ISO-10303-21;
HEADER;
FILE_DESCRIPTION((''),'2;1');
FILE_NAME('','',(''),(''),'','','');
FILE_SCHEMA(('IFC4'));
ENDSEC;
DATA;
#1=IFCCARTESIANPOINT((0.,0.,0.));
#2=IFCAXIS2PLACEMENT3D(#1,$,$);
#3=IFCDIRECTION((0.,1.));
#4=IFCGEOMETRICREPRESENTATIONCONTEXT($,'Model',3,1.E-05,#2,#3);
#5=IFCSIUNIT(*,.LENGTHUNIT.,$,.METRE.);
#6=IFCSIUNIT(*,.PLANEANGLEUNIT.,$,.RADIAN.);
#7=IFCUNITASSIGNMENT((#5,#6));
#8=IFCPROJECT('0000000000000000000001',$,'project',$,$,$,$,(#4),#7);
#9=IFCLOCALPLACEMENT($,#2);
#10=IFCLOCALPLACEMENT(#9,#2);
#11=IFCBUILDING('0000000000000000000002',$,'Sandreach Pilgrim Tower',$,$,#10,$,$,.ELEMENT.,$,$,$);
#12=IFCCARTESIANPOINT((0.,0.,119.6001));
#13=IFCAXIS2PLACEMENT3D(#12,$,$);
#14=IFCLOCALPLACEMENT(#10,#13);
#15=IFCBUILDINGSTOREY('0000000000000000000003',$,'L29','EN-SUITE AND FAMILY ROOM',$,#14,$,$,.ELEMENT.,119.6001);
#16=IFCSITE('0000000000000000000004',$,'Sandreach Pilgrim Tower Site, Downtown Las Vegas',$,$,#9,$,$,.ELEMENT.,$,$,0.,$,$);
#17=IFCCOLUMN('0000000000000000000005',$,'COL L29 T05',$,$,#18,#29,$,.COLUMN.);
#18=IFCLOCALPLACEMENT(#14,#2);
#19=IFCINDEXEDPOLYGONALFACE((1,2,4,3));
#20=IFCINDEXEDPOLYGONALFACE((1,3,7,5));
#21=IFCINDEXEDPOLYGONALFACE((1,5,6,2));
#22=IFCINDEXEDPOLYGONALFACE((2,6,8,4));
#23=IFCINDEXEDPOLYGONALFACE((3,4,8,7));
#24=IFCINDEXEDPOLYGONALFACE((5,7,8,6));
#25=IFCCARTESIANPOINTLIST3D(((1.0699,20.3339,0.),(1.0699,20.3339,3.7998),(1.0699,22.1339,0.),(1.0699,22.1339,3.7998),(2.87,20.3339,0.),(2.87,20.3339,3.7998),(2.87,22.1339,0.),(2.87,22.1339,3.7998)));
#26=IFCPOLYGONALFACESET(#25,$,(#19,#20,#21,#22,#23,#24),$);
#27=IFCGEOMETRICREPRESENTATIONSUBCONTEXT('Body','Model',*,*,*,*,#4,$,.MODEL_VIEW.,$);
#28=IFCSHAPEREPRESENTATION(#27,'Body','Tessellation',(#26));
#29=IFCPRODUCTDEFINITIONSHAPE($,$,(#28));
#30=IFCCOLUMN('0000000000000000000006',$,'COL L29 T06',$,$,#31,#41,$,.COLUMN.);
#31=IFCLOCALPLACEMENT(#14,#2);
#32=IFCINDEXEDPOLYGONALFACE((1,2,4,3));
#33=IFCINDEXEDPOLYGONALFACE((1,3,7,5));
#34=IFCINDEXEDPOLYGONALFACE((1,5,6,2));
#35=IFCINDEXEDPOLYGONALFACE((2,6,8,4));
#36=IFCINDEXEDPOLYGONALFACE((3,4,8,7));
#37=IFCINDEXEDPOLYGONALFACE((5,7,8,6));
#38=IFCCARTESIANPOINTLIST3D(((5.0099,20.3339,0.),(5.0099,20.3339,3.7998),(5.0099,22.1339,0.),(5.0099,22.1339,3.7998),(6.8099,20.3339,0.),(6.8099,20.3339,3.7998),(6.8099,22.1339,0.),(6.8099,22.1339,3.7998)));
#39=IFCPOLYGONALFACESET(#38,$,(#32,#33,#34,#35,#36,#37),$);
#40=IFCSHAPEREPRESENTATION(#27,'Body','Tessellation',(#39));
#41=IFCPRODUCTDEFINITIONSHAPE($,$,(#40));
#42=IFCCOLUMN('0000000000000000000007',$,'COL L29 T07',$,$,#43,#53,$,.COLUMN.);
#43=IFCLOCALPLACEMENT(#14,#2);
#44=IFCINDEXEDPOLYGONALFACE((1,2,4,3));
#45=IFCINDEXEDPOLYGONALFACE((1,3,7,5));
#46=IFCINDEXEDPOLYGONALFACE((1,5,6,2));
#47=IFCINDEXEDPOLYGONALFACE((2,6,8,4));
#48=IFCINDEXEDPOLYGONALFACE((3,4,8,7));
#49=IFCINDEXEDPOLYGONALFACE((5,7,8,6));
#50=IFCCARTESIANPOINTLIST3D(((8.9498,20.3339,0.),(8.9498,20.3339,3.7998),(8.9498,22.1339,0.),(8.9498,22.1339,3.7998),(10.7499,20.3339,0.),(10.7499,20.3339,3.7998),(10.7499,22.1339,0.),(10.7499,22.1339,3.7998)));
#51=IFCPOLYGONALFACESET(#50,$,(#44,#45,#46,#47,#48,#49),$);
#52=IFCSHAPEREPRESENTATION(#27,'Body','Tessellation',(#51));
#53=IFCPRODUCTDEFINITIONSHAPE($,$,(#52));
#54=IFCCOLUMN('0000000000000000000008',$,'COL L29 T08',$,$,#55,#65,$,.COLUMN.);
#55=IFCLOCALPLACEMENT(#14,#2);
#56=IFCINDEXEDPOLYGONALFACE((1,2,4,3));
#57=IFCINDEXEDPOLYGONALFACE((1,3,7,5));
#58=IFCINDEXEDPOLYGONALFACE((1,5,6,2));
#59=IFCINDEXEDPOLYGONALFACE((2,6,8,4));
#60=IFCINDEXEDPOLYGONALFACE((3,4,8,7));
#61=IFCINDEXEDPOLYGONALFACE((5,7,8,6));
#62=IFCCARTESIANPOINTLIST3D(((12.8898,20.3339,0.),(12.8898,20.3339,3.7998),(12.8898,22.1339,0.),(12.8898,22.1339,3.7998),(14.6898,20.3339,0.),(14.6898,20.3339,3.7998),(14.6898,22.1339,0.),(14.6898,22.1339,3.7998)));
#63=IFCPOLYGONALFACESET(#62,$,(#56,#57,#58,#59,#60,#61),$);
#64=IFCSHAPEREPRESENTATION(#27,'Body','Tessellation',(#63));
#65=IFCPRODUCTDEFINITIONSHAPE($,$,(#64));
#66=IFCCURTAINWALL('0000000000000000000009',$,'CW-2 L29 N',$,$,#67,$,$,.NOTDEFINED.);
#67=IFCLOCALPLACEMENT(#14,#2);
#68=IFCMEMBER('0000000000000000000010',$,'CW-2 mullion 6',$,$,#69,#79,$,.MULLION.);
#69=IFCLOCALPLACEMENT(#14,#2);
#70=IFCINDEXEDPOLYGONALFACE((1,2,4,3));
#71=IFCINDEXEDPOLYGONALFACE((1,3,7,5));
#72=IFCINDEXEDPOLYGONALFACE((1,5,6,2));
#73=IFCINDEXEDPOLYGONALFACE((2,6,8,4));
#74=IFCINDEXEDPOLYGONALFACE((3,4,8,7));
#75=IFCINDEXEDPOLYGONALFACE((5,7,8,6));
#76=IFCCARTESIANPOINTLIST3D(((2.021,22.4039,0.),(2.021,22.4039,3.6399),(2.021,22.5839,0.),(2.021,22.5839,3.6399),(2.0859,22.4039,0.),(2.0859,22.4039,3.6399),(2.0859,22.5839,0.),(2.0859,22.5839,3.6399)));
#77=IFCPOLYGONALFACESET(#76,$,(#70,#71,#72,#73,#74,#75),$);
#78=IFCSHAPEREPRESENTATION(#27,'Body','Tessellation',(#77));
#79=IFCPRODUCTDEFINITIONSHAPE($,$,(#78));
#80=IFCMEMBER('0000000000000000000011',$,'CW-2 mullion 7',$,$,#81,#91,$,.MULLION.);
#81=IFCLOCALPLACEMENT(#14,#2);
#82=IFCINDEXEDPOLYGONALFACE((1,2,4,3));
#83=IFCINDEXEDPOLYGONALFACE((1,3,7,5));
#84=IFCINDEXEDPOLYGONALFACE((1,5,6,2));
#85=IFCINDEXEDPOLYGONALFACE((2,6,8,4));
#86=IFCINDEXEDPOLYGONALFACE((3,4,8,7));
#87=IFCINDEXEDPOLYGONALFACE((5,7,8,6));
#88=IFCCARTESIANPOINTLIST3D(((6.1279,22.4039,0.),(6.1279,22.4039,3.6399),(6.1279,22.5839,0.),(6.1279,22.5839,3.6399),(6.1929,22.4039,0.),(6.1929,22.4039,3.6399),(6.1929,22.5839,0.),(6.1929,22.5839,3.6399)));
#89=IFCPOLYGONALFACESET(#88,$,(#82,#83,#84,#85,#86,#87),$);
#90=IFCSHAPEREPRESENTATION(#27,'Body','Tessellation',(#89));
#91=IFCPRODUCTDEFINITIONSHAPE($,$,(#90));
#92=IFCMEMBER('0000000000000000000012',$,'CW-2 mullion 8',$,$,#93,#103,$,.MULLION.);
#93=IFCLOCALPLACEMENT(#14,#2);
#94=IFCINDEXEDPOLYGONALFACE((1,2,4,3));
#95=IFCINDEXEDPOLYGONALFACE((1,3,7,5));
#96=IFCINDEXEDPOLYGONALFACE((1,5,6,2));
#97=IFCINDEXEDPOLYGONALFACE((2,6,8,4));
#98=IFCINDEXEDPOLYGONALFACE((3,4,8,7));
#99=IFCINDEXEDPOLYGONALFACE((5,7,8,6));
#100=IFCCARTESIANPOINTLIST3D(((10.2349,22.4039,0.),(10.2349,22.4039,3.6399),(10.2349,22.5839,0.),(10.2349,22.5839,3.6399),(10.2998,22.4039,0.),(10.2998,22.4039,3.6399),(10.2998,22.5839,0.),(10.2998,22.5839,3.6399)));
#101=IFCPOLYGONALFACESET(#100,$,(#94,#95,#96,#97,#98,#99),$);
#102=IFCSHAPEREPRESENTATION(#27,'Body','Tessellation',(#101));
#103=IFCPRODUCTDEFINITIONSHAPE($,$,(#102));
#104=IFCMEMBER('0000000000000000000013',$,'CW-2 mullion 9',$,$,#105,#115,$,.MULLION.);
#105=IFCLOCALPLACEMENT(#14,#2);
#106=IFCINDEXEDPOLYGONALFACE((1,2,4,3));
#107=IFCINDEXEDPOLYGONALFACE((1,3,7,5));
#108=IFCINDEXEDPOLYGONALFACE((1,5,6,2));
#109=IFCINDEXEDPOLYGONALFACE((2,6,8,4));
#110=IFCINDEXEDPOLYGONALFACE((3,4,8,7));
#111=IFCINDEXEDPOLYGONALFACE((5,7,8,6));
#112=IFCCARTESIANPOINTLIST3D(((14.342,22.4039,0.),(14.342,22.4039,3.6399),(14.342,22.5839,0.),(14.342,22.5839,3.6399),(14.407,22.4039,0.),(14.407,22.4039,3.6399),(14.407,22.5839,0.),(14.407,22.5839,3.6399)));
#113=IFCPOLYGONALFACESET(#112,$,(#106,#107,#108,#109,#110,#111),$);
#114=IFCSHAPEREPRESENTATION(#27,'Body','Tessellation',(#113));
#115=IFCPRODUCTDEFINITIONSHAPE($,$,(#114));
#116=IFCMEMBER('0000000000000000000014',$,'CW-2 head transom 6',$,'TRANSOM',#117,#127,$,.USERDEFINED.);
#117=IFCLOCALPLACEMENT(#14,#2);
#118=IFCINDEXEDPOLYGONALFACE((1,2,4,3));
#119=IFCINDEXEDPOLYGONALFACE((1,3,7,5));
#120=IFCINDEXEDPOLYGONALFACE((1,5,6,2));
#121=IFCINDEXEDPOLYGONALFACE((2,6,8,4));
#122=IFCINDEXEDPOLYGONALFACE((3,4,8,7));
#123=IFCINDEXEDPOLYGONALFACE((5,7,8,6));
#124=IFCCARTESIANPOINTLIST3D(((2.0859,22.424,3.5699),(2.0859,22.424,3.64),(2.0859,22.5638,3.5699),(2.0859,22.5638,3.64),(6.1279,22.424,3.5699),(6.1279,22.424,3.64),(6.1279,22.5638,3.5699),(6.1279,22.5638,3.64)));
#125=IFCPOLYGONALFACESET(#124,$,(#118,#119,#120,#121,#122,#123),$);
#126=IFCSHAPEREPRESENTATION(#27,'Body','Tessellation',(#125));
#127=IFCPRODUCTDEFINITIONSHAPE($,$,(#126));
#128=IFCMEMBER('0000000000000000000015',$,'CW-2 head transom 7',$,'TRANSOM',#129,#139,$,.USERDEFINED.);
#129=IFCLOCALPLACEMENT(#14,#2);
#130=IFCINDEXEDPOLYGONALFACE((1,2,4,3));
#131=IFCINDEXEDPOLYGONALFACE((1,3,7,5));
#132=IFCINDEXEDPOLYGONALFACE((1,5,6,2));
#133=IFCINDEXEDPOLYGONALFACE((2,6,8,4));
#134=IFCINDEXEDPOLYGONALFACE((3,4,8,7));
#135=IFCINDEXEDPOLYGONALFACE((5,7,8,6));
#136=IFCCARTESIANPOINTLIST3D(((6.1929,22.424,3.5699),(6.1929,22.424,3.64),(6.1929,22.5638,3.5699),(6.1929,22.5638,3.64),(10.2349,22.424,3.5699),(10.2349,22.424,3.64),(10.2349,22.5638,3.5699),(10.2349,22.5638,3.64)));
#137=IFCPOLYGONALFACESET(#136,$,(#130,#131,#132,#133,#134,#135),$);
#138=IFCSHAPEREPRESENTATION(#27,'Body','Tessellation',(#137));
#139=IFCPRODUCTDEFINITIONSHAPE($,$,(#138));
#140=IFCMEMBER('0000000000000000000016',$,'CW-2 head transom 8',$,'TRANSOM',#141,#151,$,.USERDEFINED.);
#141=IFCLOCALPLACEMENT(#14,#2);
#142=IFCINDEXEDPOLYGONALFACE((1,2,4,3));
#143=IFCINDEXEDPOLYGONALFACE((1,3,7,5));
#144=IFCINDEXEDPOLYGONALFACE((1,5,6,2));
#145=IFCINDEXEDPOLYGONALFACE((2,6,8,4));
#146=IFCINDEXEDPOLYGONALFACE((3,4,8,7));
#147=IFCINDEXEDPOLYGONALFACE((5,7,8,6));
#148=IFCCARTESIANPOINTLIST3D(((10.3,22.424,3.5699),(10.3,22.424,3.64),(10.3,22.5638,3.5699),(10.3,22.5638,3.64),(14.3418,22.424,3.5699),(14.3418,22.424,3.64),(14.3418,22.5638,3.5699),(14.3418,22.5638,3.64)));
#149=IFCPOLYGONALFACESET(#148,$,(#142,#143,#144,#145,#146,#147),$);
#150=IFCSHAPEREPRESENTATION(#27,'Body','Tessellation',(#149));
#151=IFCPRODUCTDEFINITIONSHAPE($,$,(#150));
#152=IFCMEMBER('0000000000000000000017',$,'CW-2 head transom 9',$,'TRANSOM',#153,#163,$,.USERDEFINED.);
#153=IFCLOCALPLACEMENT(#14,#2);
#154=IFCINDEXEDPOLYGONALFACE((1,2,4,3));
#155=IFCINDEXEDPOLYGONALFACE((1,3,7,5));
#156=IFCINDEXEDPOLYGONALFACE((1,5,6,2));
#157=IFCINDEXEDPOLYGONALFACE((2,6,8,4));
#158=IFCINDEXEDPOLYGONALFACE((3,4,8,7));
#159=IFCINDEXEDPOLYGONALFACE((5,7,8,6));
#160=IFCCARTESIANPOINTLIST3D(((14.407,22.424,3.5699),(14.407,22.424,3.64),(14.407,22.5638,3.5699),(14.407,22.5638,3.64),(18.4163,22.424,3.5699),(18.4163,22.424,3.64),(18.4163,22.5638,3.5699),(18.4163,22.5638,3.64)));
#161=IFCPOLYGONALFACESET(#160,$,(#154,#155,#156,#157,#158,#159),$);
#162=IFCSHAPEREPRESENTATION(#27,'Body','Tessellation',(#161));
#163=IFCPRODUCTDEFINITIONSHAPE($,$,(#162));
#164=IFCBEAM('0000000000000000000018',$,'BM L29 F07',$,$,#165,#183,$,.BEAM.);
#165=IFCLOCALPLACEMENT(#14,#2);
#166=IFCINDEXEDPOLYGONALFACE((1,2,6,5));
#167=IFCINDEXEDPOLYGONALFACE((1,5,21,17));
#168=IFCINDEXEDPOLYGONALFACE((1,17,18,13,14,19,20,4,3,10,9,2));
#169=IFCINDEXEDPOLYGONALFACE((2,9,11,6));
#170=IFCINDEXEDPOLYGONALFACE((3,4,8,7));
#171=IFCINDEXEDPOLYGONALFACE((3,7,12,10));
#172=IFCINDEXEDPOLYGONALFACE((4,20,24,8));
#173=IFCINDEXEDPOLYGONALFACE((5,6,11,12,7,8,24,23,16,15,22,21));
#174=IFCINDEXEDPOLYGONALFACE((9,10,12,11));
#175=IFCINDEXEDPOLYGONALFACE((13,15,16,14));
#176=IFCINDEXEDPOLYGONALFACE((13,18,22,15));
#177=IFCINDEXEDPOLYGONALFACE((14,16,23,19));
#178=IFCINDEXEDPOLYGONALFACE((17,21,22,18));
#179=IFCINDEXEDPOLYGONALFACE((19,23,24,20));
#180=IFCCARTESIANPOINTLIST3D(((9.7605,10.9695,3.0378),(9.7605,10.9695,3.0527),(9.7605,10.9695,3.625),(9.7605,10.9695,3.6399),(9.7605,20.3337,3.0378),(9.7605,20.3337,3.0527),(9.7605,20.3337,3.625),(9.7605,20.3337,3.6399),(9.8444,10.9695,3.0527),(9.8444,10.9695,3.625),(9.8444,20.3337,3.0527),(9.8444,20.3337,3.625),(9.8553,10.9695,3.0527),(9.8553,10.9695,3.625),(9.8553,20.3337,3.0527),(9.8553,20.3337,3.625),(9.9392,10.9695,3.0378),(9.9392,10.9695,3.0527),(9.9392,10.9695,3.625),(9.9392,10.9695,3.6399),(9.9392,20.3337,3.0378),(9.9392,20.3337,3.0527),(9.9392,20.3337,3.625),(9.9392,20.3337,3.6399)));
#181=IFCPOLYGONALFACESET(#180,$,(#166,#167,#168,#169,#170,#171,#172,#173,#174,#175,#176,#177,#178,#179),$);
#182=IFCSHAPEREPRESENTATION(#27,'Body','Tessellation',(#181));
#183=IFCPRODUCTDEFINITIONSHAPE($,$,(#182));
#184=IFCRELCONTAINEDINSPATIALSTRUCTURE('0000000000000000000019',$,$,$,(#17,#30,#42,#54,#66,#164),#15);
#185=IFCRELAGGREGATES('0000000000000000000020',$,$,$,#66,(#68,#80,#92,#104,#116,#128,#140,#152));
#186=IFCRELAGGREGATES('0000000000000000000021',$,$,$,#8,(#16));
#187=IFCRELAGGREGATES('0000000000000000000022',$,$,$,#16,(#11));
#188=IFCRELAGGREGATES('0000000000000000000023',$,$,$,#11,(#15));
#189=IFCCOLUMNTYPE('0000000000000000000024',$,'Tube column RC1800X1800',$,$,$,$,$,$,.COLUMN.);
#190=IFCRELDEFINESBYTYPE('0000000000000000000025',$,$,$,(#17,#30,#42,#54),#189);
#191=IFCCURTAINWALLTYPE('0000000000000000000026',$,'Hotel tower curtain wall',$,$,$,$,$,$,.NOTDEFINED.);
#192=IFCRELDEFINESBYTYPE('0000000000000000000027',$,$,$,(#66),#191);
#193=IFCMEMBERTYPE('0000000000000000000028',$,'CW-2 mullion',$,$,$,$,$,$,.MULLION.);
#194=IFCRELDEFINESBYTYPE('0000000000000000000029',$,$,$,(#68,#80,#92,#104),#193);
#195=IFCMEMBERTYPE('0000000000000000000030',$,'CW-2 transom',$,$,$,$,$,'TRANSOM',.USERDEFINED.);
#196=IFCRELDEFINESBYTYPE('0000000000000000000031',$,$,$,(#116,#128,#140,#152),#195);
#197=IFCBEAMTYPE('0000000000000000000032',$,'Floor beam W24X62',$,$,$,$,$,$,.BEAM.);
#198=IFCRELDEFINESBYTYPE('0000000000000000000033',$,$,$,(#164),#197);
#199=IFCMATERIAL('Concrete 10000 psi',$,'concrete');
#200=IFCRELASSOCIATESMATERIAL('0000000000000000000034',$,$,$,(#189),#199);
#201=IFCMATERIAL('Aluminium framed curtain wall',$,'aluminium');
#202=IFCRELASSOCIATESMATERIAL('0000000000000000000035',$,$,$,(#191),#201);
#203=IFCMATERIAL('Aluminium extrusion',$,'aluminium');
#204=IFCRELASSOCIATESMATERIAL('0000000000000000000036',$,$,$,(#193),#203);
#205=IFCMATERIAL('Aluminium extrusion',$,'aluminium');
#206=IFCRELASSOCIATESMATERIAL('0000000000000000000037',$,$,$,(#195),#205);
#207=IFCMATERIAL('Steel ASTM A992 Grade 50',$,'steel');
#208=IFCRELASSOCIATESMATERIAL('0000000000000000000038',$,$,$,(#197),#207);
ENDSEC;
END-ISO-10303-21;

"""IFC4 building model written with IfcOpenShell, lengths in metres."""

from ifc_helpers import new_model, si_unit, direction, frame, origin, origin_2d, place, context, subcontext, project, spatial, rectangle, i_section, extrude, material, material_profile, profile_set, type_object, element, aggregate, save


model = new_model("IFC4")

# Units and contexts
model_context = context("Model", 3, precision=1e-05, world=origin(), true_north=direction((0.0, 1.0)))
body_context = subcontext(model_context, "Body", "Model", "MODEL_VIEW")
ifc_project = project(units=[si_unit("LENGTHUNIT", "METRE"), si_unit("PLANEANGLEUNIT", "RADIAN")], contexts=[model_context])

# Site, building, storey
site_placement = place(None, origin())
site = spatial("IfcSite", under=ifc_project, at=site_placement, Name="Sandreach Pilgrim Tower Site, Downtown Las Vegas", CompositionType="ELEMENT", RefElevation=0.0)
building_placement = place(site_placement, origin())
building = spatial("IfcBuilding", under=site, at=building_placement, Name="Sandreach Pilgrim Tower", CompositionType="ELEMENT")
storey_placement = place(building_placement, frame((0.0, 0.0, 119.6001)))
storey = spatial("IfcBuildingStorey", under=building, at=storey_placement, Name="L29", Description="EN-SUITE AND FAMILY ROOM", CompositionType="ELEMENT", Elevation=119.6001)

# Columns
ifc_material_1 = material(Name="Concrete 10000 psi", Category="concrete")
ifc_material_profile_1 = material_profile(ifc_material_1, rectangle(XDim=1.8, YDim=1.8, at=origin_2d()), Name="RC1800X1800")
ifc_profile_set_1 = profile_set([ifc_material_profile_1], Name="Concrete 10000 psi")
column_type = type_object("IfcColumnType", Name="Tube column RC1800X1800", PredefinedType="COLUMN", material=ifc_profile_set_1)
for number, where, z_axis, x_axis, name in (
    (1, (1.97, 21.2339, 0.0), (0.0, 0.0, 1.0), (0.0, 1.0, 0.0), "COL L29 T05"),
    (2, (5.9099, 21.2339, 0.0), (0.0, 0.0, 1.0), (0.0, 1.0, 0.0), "COL L29 T06"),
    (3, (9.8499, 21.2339, 0.0), (0.0, 0.0, 1.0), (0.0, 1.0, 0.0), "COL L29 T07"),
    (4, (13.7898, 21.2339, 0.0), (0.0, 0.0, 1.0), (0.0, 1.0, 0.0), "COL L29 T08"),
):
    element("IfcColumn", number, at=place(storey_placement, frame(where, z_axis=z_axis, x_axis=x_axis)), inside=storey, type_object=column_type, Name=name, PredefinedType="COLUMN", context=body_context, shape_type="SweptSolid", body=[
        extrude(rectangle(XDim=1.8, YDim=1.8, at=origin_2d()), origin(), (0.0, 0.0, 1.0), 3.7998),
    ])

# Curtain wall, members
ifc_material_2 = material(Name="Aluminium framed curtain wall", Category="aluminium")
curtain_wall_type = type_object("IfcCurtainWallType", Name="Hotel tower curtain wall", PredefinedType="NOTDEFINED", material=ifc_material_2)
curtain_wall_placement = place(storey_placement, origin())
curtain_wall = element("IfcCurtainWall", 5, at=curtain_wall_placement, inside=storey, type_object=curtain_wall_type, Name="CW-2 L29 N", PredefinedType="NOTDEFINED")
ifc_material_3 = material(Name="Aluminium extrusion", Category="aluminium")
ifc_material_profile_2 = material_profile(ifc_material_3, rectangle(XDim=0.0649, YDim=0.1799, at=origin_2d()), Name="CW-2M 65X180")
ifc_profile_set_2 = profile_set([ifc_material_profile_2], Name="Aluminium extrusion")
member_type_1 = type_object("IfcMemberType", Name="CW-2 mullion", PredefinedType="MULLION", material=ifc_profile_set_2)
member_1_placement = place(storey_placement, frame((2.0535, 22.4939, 0.0), z_axis=(0.0, 0.0, 1.0), x_axis=(1.0, 0.0, 0.0)))
member_1 = element("IfcMember", 6, at=member_1_placement, type_object=member_type_1, Name="CW-2 mullion 6", PredefinedType="MULLION", context=body_context, shape_type="SweptSolid", body=[
    extrude(rectangle(XDim=0.0649, YDim=0.1799, at=origin_2d()), origin(), (0.0, 0.0, 1.0), 3.6399),
])
member_2_placement = place(storey_placement, frame((6.1604, 22.4939, 0.0), z_axis=(0.0, 0.0, 1.0), x_axis=(1.0, 0.0, 0.0)))
member_2 = element("IfcMember", 7, at=member_2_placement, type_object=member_type_1, Name="CW-2 mullion 7", PredefinedType="MULLION", context=body_context, shape_type="SweptSolid", body=[
    extrude(rectangle(XDim=0.0649, YDim=0.1799, at=origin_2d()), origin(), (0.0, 0.0, 1.0), 3.6399),
])
member_3_placement = place(storey_placement, frame((10.2673, 22.4939, 0.0), z_axis=(0.0, 0.0, 1.0), x_axis=(1.0, 0.0, 0.0)))
member_3 = element("IfcMember", 8, at=member_3_placement, type_object=member_type_1, Name="CW-2 mullion 8", PredefinedType="MULLION", context=body_context, shape_type="SweptSolid", body=[
    extrude(rectangle(XDim=0.0649, YDim=0.1799, at=origin_2d()), origin(), (0.0, 0.0, 1.0), 3.6399),
])
member_4_placement = place(storey_placement, frame((14.3745, 22.4939, 0.0), z_axis=(0.0, 0.0, 1.0), x_axis=(1.0, 0.0, 0.0)))
member_4 = element("IfcMember", 9, at=member_4_placement, type_object=member_type_1, Name="CW-2 mullion 9", PredefinedType="MULLION", context=body_context, shape_type="SweptSolid", body=[
    extrude(rectangle(XDim=0.0649, YDim=0.1799, at=origin_2d()), origin(), (0.0, 0.0, 1.0), 3.6399),
])
ifc_material_4 = material(Name="Aluminium extrusion", Category="aluminium")
ifc_material_profile_3 = material_profile(ifc_material_4, rectangle(XDim=0.1399, YDim=0.0701, at=origin_2d()), Name="CW-2T 140X70")
ifc_profile_set_3 = profile_set([ifc_material_profile_3], Name="Aluminium extrusion")
member_type_2 = type_object("IfcMemberType", Name="CW-2 transom", ElementType="TRANSOM", PredefinedType="USERDEFINED", material=ifc_profile_set_3)
member_5_placement = place(storey_placement, frame((2.0859, 22.4939, 3.605), z_axis=(1.0, 0.0, 0.0), x_axis=(0.0, 1.0, 0.0)))
member_5 = element("IfcMember", 10, at=member_5_placement, type_object=member_type_2, Name="CW-2 head transom 6", ObjectType="TRANSOM", PredefinedType="USERDEFINED", context=body_context, shape_type="SweptSolid", body=[
    extrude(rectangle(XDim=0.1399, YDim=0.0701, at=origin_2d()), origin(), (0.0, 0.0, 1.0), 4.042),
])
member_6_placement = place(storey_placement, frame((6.1929, 22.4939, 3.605), z_axis=(1.0, 0.0, 0.0), x_axis=(0.0, 1.0, 0.0)))
member_6 = element("IfcMember", 11, at=member_6_placement, type_object=member_type_2, Name="CW-2 head transom 7", ObjectType="TRANSOM", PredefinedType="USERDEFINED", context=body_context, shape_type="SweptSolid", body=[
    extrude(rectangle(XDim=0.1399, YDim=0.0701, at=origin_2d()), origin(), (0.0, 0.0, 1.0), 4.042),
])
member_7_placement = place(storey_placement, frame((10.3, 22.4939, 3.605), z_axis=(1.0, 0.0, 0.0), x_axis=(0.0, 1.0, 0.0)))
member_7 = element("IfcMember", 12, at=member_7_placement, type_object=member_type_2, Name="CW-2 head transom 8", ObjectType="TRANSOM", PredefinedType="USERDEFINED", context=body_context, shape_type="SweptSolid", body=[
    extrude(rectangle(XDim=0.1399, YDim=0.0701, at=origin_2d()), origin(), (0.0, 0.0, 1.0), 4.0417),
])
member_8_placement = place(storey_placement, frame((14.407, 22.4939, 3.605), z_axis=(1.0, 0.0, 0.0), x_axis=(0.0, 1.0, 0.0)))
member_8 = element("IfcMember", 13, at=member_8_placement, type_object=member_type_2, Name="CW-2 head transom 9", ObjectType="TRANSOM", PredefinedType="USERDEFINED", context=body_context, shape_type="SweptSolid", body=[
    extrude(rectangle(XDim=0.1399, YDim=0.0701, at=origin_2d()), origin(), (0.0, 0.0, 1.0), 4.0093),
])

# Beam
ifc_material_5 = material(Name="Steel ASTM A992 Grade 50", Category="steel")
ifc_material_profile_4 = material_profile(ifc_material_5, i_section(OverallWidth=0.1787, OverallDepth=0.6021, WebThickness=0.011, FlangeThickness=0.0149, at=origin_2d()), Name="W24X62")
ifc_profile_set_4 = profile_set([ifc_material_profile_4], Name="Steel ASTM A992 Grade 50")
beam_type_1 = type_object("IfcBeamType", Name="Floor beam W24X62", PredefinedType="BEAM", material=ifc_profile_set_4)
beam_1_placement = place(storey_placement, frame((9.8499, 20.3337, 3.3389), z_axis=(0.0, -1.0, 0.0), x_axis=(1.0, 0.0, 0.0)))
element("IfcBeam", 14, at=beam_1_placement, inside=storey, type_object=beam_type_1, Name="BM L29 F07", PredefinedType="BEAM", context=body_context, shape_type="SweptSolid", body=[
    extrude(i_section(OverallWidth=0.1787, OverallDepth=0.6021, WebThickness=0.011, FlangeThickness=0.0149, at=origin_2d()), origin(), (0.0, 0.0, 1.0), 9.3643),
])

aggregate(curtain_wall, [member_1, member_2, member_3, member_4, member_5, member_6, member_7, member_8])

save(model, "model.ifc")
